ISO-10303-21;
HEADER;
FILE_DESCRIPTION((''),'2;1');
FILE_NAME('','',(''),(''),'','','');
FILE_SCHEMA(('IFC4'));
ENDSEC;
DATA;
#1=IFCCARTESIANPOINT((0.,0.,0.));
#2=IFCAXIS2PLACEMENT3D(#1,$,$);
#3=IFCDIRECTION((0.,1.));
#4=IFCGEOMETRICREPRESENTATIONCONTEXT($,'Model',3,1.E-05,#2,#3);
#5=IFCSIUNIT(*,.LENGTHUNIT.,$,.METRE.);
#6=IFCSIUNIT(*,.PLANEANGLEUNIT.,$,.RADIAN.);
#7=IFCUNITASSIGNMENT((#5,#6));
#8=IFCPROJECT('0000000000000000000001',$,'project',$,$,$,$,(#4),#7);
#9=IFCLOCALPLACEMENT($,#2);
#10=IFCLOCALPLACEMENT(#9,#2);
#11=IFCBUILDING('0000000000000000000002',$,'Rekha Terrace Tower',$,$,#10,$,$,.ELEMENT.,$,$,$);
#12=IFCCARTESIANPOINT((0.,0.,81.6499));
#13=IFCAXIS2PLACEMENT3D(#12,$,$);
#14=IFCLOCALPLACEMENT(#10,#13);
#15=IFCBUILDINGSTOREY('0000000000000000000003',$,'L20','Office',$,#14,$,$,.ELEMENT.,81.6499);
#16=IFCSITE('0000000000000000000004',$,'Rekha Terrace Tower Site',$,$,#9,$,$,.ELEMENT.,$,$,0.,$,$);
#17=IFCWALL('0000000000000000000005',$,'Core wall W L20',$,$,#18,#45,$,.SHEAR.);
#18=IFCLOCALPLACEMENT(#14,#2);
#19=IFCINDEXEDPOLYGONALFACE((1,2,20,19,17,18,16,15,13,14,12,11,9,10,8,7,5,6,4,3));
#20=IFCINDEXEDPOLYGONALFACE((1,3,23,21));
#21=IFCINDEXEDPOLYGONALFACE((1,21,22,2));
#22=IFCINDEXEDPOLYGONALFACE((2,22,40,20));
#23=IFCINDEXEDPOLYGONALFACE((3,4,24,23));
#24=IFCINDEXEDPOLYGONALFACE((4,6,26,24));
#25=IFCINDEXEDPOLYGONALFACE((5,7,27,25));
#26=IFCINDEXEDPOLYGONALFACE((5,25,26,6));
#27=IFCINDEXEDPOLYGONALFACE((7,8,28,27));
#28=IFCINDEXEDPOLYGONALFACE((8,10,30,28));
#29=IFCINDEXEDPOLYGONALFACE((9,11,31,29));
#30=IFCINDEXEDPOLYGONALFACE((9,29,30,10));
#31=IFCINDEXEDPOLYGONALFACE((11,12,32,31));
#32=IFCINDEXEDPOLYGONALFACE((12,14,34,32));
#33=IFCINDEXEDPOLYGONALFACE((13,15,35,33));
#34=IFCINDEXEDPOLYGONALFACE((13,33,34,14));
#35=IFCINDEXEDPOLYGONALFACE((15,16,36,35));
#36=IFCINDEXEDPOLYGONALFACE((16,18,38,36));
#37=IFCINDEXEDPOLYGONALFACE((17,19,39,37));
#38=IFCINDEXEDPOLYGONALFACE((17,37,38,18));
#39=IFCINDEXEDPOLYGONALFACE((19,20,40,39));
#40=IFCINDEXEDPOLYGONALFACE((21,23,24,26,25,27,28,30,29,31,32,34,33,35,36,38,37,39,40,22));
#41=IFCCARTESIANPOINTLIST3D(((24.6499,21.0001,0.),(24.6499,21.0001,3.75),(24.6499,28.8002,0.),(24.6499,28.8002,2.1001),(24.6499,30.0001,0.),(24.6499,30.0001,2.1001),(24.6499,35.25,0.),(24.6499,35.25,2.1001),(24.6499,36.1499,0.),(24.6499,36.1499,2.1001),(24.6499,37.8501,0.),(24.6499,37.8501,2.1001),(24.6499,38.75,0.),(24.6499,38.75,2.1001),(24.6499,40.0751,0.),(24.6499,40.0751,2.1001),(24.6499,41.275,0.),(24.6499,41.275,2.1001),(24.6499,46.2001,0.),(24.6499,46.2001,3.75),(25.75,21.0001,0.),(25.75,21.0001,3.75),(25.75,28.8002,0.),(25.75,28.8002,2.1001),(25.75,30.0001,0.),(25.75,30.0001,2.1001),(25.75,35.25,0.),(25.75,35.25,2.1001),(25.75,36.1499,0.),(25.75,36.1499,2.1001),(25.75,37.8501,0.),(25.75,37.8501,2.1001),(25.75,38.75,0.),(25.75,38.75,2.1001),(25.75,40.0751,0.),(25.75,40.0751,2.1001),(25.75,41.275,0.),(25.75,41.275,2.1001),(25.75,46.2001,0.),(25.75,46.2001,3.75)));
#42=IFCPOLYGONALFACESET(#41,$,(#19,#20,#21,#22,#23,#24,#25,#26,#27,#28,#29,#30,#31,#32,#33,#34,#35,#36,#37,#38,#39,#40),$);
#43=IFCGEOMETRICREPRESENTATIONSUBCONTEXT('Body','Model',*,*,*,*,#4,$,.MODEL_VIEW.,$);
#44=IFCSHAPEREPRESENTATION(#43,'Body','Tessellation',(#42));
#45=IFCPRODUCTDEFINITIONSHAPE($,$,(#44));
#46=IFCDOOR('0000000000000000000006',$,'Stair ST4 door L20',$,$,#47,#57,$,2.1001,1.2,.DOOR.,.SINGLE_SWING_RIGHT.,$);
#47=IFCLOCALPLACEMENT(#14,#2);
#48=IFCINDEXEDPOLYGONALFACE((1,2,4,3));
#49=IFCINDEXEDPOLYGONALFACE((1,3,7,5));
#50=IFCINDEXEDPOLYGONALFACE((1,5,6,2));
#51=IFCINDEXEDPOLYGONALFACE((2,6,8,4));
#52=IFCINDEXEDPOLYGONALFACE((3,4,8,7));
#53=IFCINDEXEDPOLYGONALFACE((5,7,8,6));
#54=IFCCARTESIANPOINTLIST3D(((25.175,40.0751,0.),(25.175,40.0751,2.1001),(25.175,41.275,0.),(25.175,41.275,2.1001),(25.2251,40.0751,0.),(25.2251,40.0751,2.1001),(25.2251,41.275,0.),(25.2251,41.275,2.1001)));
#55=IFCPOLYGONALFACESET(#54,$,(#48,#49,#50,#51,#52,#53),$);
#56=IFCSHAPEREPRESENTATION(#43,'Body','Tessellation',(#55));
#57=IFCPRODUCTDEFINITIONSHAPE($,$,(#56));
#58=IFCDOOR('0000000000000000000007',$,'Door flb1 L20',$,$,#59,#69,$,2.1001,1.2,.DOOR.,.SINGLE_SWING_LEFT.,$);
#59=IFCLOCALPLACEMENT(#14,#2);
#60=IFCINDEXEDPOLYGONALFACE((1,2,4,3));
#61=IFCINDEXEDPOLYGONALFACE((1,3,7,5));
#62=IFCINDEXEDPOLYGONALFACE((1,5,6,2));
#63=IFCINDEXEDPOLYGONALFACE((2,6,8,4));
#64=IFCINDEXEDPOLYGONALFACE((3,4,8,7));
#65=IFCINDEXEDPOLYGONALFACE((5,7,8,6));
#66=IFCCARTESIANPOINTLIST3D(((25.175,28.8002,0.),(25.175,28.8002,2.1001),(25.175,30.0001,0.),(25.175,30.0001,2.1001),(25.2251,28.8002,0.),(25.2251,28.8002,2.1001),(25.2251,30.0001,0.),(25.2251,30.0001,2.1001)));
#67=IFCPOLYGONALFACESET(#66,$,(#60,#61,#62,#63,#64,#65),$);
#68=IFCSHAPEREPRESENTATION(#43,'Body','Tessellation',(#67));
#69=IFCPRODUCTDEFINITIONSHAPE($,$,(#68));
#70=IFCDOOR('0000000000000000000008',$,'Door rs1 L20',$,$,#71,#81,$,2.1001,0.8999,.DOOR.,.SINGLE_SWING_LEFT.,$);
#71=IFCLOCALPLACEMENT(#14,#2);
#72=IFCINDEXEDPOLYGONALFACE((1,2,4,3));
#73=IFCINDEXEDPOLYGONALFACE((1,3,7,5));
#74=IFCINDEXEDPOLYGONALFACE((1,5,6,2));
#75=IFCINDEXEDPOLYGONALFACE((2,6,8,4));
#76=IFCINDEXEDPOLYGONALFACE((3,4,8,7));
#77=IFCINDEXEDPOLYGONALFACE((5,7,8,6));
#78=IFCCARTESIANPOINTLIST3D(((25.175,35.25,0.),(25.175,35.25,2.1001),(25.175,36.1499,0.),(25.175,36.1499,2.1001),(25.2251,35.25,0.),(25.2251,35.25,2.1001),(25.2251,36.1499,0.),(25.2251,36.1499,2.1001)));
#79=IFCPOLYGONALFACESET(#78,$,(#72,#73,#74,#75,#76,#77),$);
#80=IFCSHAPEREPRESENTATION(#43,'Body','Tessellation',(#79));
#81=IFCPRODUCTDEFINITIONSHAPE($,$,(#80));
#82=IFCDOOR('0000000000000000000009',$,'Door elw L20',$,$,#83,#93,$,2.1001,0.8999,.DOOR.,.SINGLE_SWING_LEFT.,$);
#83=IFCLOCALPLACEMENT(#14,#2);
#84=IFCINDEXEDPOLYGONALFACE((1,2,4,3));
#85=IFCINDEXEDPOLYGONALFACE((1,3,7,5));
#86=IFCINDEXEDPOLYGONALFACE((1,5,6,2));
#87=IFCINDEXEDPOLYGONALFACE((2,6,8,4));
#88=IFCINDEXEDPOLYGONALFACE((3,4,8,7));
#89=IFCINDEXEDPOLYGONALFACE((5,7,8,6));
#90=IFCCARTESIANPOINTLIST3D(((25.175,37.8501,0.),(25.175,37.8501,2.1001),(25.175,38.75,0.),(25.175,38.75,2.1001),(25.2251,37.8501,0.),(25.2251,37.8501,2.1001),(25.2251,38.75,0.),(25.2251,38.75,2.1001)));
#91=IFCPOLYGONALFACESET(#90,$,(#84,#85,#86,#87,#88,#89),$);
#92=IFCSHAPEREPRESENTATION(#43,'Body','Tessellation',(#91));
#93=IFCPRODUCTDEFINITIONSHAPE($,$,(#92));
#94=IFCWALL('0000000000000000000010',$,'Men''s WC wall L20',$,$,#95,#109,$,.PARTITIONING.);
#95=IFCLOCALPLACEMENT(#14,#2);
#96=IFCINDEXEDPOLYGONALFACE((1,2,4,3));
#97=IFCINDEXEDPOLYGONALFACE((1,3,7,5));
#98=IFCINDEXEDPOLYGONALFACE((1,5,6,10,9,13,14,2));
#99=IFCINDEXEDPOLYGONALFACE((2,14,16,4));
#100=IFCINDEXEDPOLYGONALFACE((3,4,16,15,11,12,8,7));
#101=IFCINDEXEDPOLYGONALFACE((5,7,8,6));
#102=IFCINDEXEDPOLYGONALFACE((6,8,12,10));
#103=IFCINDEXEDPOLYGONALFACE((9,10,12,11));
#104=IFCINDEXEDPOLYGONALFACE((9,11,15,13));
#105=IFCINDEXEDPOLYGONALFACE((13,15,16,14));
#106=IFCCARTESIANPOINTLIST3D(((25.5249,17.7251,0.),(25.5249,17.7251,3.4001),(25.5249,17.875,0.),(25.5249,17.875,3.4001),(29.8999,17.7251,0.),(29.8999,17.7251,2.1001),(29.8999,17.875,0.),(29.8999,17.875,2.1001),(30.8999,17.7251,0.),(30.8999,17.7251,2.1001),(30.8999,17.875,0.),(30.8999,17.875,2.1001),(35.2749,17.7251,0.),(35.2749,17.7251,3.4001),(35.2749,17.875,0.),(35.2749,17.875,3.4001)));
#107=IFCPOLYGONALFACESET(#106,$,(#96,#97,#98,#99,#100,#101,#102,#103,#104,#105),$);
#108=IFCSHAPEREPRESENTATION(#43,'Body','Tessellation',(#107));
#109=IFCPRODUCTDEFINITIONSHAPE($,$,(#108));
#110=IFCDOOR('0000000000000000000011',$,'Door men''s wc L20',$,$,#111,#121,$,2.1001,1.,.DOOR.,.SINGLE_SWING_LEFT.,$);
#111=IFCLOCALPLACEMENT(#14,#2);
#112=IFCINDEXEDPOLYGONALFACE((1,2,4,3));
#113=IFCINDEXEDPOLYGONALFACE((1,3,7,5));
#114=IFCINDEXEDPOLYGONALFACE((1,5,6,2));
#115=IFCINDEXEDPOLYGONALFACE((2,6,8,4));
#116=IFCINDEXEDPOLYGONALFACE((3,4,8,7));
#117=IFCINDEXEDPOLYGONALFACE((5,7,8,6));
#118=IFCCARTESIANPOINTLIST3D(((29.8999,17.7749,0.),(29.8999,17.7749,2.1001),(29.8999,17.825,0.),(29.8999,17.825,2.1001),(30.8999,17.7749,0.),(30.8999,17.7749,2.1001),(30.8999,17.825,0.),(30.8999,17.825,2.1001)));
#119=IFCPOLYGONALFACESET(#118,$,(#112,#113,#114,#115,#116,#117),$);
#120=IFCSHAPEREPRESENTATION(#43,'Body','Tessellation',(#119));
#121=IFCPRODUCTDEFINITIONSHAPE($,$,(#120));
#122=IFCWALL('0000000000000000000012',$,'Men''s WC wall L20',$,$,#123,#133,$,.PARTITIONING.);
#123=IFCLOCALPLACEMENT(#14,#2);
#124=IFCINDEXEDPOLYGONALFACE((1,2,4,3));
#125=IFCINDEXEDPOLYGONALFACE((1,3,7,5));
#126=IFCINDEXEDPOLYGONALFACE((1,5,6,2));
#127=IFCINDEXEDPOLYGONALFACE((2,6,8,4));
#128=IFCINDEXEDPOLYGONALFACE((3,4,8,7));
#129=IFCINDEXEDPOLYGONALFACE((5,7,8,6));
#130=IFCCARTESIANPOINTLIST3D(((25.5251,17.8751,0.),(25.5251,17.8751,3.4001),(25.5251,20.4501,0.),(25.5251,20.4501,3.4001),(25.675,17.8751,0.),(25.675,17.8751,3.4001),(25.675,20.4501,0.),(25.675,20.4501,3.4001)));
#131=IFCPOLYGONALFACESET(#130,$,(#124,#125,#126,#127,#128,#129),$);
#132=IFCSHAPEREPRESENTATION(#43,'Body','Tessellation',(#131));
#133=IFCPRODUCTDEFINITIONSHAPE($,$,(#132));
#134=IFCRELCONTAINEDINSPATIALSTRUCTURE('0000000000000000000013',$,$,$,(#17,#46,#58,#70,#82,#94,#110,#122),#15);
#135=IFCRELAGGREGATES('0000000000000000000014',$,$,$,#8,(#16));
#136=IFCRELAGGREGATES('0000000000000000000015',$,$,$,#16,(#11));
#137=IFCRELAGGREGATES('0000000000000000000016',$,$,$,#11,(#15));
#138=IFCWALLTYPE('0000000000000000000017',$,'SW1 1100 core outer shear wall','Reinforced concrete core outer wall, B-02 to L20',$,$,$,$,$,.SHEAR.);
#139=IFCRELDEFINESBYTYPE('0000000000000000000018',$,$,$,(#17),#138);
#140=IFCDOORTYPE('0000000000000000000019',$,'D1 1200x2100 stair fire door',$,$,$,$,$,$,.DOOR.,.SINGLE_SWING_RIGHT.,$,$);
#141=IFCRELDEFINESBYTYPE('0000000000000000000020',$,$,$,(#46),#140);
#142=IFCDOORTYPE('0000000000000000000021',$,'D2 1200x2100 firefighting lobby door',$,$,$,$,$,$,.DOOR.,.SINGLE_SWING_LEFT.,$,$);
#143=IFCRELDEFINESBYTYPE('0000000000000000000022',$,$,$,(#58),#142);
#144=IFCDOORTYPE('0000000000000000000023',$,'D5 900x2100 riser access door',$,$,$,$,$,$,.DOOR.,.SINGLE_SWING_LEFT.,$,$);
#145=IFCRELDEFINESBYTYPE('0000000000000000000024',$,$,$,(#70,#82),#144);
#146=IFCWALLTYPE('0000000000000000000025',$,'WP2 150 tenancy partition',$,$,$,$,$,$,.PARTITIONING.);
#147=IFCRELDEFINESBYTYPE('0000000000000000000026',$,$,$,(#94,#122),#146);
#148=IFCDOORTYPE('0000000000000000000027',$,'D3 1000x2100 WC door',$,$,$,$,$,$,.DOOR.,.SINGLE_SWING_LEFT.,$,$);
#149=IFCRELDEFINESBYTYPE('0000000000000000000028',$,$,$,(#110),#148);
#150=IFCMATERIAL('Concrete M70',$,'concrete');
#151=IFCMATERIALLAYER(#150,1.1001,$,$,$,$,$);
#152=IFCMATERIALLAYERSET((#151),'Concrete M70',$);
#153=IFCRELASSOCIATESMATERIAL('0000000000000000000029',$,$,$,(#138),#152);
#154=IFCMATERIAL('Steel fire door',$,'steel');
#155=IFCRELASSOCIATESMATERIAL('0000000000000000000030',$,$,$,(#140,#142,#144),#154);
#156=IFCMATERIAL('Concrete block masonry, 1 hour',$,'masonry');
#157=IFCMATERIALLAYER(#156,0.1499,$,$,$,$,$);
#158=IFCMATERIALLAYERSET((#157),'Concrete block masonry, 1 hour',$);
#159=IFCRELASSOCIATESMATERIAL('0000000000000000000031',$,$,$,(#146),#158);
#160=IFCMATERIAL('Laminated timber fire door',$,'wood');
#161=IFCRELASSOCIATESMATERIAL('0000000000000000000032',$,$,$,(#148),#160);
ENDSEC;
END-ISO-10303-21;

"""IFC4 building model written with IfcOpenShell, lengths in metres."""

from ifc_helpers import new_model, si_unit, direction, frame, frame_2d, origin, place, context, subcontext, project, spatial, rectangle, extrude, material, layer, layer_set, type_object, element, fill, save


model = new_model("IFC4")

# Units and contexts
model_context = context("Model", 3, precision=1e-05, world=origin(), true_north=direction((0.0, 1.0)))
body_context = subcontext(model_context, "Body", "Model", "MODEL_VIEW")
ifc_project = project(units=[si_unit("LENGTHUNIT", "METRE"), si_unit("PLANEANGLEUNIT", "RADIAN")], contexts=[model_context])

# Site, building, storey
site_placement = place(None, origin())
site = spatial("IfcSite", under=ifc_project, at=site_placement, Name="Rekha Terrace Tower Site", CompositionType="ELEMENT", RefElevation=0.0)
building_placement = place(site_placement, origin())
building = spatial("IfcBuilding", under=site, at=building_placement, Name="Rekha Terrace Tower", CompositionType="ELEMENT")
storey_placement = place(building_placement, frame((0.0, 0.0, 81.6499)))
storey = spatial("IfcBuildingStorey", under=building, at=storey_placement, Name="L20", Description="Office", CompositionType="ELEMENT", Elevation=81.6499)

# Shared definitions
ifc_material_1 = material(Name="Concrete M70", Category="concrete")

# Shared definitions
ifc_layer_1 = layer(ifc_material_1, 1.1001)
ifc_layer_set_1 = layer_set([ifc_layer_1], Name="Concrete M70")
wall_type_1 = type_object("IfcWallType", Name="SW1 1100 core outer shear wall", Description="Reinforced concrete core outer wall, B-02 to L20", PredefinedType="SHEAR", material=ifc_layer_set_1)

# Wall, openings, doors
wall_1_placement = place(storey_placement, frame((25.2, 21.0, 0.0), z_axis=(0.0, 0.0, 1.0), x_axis=(0.0, 1.0, 0.0)))
wall_1 = element("IfcWall", 1, at=wall_1_placement, inside=storey, type_object=wall_type_1, Name="Core wall W L20", PredefinedType="SHEAR", context=body_context, shape_type="SweptSolid", body=[
    extrude(rectangle(XDim=25.2, YDim=1.1001, at=frame_2d((12.6001, 0.0))), origin(), (0.0, 0.0, 1.0), 3.75),
])
opening_1_placement = place(wall_1_placement, frame((7.8, 0.0, 0.0)))
opening_1 = element("IfcOpeningElement", 2, at=opening_1_placement, cuts=wall_1, PredefinedType="OPENING", context=body_context, shape_type="SweptSolid", body=[
    extrude(rectangle(XDim=1.2, YDim=2.1001, at=frame_2d((0.6001, 1.05))), frame((0.0, 0.5601, 0.0), z_axis=(0.0, -1.0, 0.0), x_axis=(1.0, 0.0, 0.0)), (0.0, 0.0, 1.0), 1.1201),
])
opening_2_placement = place(wall_1_placement, frame((14.25, 0.0, 0.0)))
opening_2 = element("IfcOpeningElement", 3, at=opening_2_placement, cuts=wall_1, PredefinedType="OPENING", context=body_context, shape_type="SweptSolid", body=[
    extrude(rectangle(XDim=0.8999, YDim=2.1001, at=frame_2d((0.45, 1.05))), frame((0.0, 0.5601, 0.0), z_axis=(0.0, -1.0, 0.0), x_axis=(1.0, 0.0, 0.0)), (0.0, 0.0, 1.0), 1.1201),
])
opening_3_placement = place(wall_1_placement, frame((16.8501, 0.0, 0.0)))
opening_3 = element("IfcOpeningElement", 4, at=opening_3_placement, cuts=wall_1, PredefinedType="OPENING", context=body_context, shape_type="SweptSolid", body=[
    extrude(rectangle(XDim=0.8999, YDim=2.1001, at=frame_2d((0.45, 1.05))), frame((0.0, 0.5601, 0.0), z_axis=(0.0, -1.0, 0.0), x_axis=(1.0, 0.0, 0.0)), (0.0, 0.0, 1.0), 1.1201),
])
opening_4_placement = place(wall_1_placement, frame((19.075, 0.0, 0.0)))
opening_4 = element("IfcOpeningElement", 5, at=opening_4_placement, cuts=wall_1, PredefinedType="OPENING", context=body_context, shape_type="SweptSolid", body=[
    extrude(rectangle(XDim=1.2, YDim=2.1001, at=frame_2d((0.6001, 1.05))), frame((0.0, 0.5601, 0.0), z_axis=(0.0, -1.0, 0.0), x_axis=(1.0, 0.0, 0.0)), (0.0, 0.0, 1.0), 1.1201),
])
ifc_material_2 = material(Name="Steel fire door", Category="steel")
door_type_1 = type_object("IfcDoorType", Name="D1 1200x2100 stair fire door", OperationType="SINGLE_SWING_RIGHT", PredefinedType="DOOR", material=ifc_material_2)
door_1_placement = place(opening_4_placement, origin())
door_1 = element("IfcDoor", 6, at=door_1_placement, inside=storey, type_object=door_type_1, Name="Stair ST4 door L20", OperationType="SINGLE_SWING_RIGHT", OverallHeight=2.1001, OverallWidth=1.2, PredefinedType="DOOR", context=body_context, shape_type="SweptSolid", body=[
    extrude(rectangle(XDim=1.2, YDim=2.1001, at=frame_2d((0.6001, 1.05))), frame((0.0, 0.0249, 0.0), z_axis=(0.0, -1.0, 0.0), x_axis=(1.0, 0.0, 0.0)), (0.0, 0.0, 1.0), 0.05),
])
fill(opening_4, door_1)
door_type_2 = type_object("IfcDoorType", Name="D2 1200x2100 firefighting lobby door", OperationType="SINGLE_SWING_LEFT", PredefinedType="DOOR", material=ifc_material_2)
door_2_placement = place(opening_1_placement, origin())
door_2 = element("IfcDoor", 7, at=door_2_placement, inside=storey, type_object=door_type_2, Name="Door flb1 L20", OperationType="SINGLE_SWING_LEFT", OverallHeight=2.1001, OverallWidth=1.2, PredefinedType="DOOR", context=body_context, shape_type="SweptSolid", body=[
    extrude(rectangle(XDim=1.2, YDim=2.1001, at=frame_2d((0.6001, 1.05))), frame((0.0, 0.0249, 0.0), z_axis=(0.0, -1.0, 0.0), x_axis=(1.0, 0.0, 0.0)), (0.0, 0.0, 1.0), 0.05),
])
fill(opening_1, door_2)
door_type_3 = type_object("IfcDoorType", Name="D5 900x2100 riser access door", OperationType="SINGLE_SWING_LEFT", PredefinedType="DOOR", material=ifc_material_2)
door_3_placement = place(opening_2_placement, origin())
door_3 = element("IfcDoor", 8, at=door_3_placement, inside=storey, type_object=door_type_3, Name="Door rs1 L20", OperationType="SINGLE_SWING_LEFT", OverallHeight=2.1001, OverallWidth=0.8999, PredefinedType="DOOR", context=body_context, shape_type="SweptSolid", body=[
    extrude(rectangle(XDim=0.8999, YDim=2.1001, at=frame_2d((0.45, 1.05))), frame((0.0, 0.0249, 0.0), z_axis=(0.0, -1.0, 0.0), x_axis=(1.0, 0.0, 0.0)), (0.0, 0.0, 1.0), 0.05),
])
fill(opening_2, door_3)
door_4_placement = place(opening_3_placement, origin())
door_4 = element("IfcDoor", 9, at=door_4_placement, inside=storey, type_object=door_type_3, Name="Door elw L20", OperationType="SINGLE_SWING_LEFT", OverallHeight=2.1001, OverallWidth=0.8999, PredefinedType="DOOR", context=body_context, shape_type="SweptSolid", body=[
    extrude(rectangle(XDim=0.8999, YDim=2.1001, at=frame_2d((0.45, 1.05))), frame((0.0, 0.0249, 0.0), z_axis=(0.0, -1.0, 0.0), x_axis=(1.0, 0.0, 0.0)), (0.0, 0.0, 1.0), 0.05),
])
fill(opening_3, door_4)

# Wall, opening, door
ifc_material_3 = material(Name="Concrete block masonry, 1 hour", Category="masonry")
ifc_layer_2 = layer(ifc_material_3, 0.1499)
ifc_layer_set_2 = layer_set([ifc_layer_2], Name="Concrete block masonry, 1 hour")
wall_type_2 = type_object("IfcWallType", Name="WP2 150 tenancy partition", PredefinedType="PARTITIONING", material=ifc_layer_set_2)
wall_2_placement = place(storey_placement, frame((25.5249, 17.8, 0.0), z_axis=(0.0, 0.0, 1.0), x_axis=(1.0, 0.0, 0.0)))
wall_2 = element("IfcWall", 10, at=wall_2_placement, inside=storey, type_object=wall_type_2, Name="Men's WC wall L20", PredefinedType="PARTITIONING", context=body_context, shape_type="SweptSolid", body=[
    extrude(rectangle(XDim=9.75, YDim=0.1499, at=frame_2d((4.875, 0.0))), origin(), (0.0, 0.0, 1.0), 3.4001),
])
opening_5_placement = place(wall_2_placement, frame((4.375, 0.0, 0.0)))
opening_5 = element("IfcOpeningElement", 11, at=opening_5_placement, cuts=wall_2, PredefinedType="OPENING", context=body_context, shape_type="SweptSolid", body=[
    extrude(rectangle(XDim=1.0, YDim=2.1001, at=frame_2d((0.5, 1.05))), frame((0.0, 0.085, 0.0), z_axis=(0.0, -1.0, 0.0), x_axis=(1.0, 0.0, 0.0)), (0.0, 0.0, 1.0), 0.1699),
])
ifc_material_4 = material(Name="Laminated timber fire door", Category="wood")
door_type_4 = type_object("IfcDoorType", Name="D3 1000x2100 WC door", OperationType="SINGLE_SWING_LEFT", PredefinedType="DOOR", material=ifc_material_4)
door_5_placement = place(opening_5_placement, origin())
door_5 = element("IfcDoor", 12, at=door_5_placement, inside=storey, type_object=door_type_4, Name="Door men's wc L20", OperationType="SINGLE_SWING_LEFT", OverallHeight=2.1001, OverallWidth=1.0, PredefinedType="DOOR", context=body_context, shape_type="SweptSolid", body=[
    extrude(rectangle(XDim=1.0, YDim=2.1001, at=frame_2d((0.5, 1.05))), frame((0.0, 0.0249, 0.0), z_axis=(0.0, -1.0, 0.0), x_axis=(1.0, 0.0, 0.0)), (0.0, 0.0, 1.0), 0.05),
])
fill(opening_5, door_5)

# Wall
wall_3_placement = place(storey_placement, frame((25.6001, 17.875, 0.0), z_axis=(0.0, 0.0, 1.0), x_axis=(0.0, 1.0, 0.0)))
element("IfcWall", 13, at=wall_3_placement, inside=storey, type_object=wall_type_2, Name="Men's WC wall L20", PredefinedType="PARTITIONING", context=body_context, shape_type="SweptSolid", body=[
    extrude(rectangle(XDim=2.575, YDim=0.1499, at=frame_2d((1.2876, 0.0))), origin(), (0.0, 0.0, 1.0), 3.4001),
])

save(model, "model.ifc")
